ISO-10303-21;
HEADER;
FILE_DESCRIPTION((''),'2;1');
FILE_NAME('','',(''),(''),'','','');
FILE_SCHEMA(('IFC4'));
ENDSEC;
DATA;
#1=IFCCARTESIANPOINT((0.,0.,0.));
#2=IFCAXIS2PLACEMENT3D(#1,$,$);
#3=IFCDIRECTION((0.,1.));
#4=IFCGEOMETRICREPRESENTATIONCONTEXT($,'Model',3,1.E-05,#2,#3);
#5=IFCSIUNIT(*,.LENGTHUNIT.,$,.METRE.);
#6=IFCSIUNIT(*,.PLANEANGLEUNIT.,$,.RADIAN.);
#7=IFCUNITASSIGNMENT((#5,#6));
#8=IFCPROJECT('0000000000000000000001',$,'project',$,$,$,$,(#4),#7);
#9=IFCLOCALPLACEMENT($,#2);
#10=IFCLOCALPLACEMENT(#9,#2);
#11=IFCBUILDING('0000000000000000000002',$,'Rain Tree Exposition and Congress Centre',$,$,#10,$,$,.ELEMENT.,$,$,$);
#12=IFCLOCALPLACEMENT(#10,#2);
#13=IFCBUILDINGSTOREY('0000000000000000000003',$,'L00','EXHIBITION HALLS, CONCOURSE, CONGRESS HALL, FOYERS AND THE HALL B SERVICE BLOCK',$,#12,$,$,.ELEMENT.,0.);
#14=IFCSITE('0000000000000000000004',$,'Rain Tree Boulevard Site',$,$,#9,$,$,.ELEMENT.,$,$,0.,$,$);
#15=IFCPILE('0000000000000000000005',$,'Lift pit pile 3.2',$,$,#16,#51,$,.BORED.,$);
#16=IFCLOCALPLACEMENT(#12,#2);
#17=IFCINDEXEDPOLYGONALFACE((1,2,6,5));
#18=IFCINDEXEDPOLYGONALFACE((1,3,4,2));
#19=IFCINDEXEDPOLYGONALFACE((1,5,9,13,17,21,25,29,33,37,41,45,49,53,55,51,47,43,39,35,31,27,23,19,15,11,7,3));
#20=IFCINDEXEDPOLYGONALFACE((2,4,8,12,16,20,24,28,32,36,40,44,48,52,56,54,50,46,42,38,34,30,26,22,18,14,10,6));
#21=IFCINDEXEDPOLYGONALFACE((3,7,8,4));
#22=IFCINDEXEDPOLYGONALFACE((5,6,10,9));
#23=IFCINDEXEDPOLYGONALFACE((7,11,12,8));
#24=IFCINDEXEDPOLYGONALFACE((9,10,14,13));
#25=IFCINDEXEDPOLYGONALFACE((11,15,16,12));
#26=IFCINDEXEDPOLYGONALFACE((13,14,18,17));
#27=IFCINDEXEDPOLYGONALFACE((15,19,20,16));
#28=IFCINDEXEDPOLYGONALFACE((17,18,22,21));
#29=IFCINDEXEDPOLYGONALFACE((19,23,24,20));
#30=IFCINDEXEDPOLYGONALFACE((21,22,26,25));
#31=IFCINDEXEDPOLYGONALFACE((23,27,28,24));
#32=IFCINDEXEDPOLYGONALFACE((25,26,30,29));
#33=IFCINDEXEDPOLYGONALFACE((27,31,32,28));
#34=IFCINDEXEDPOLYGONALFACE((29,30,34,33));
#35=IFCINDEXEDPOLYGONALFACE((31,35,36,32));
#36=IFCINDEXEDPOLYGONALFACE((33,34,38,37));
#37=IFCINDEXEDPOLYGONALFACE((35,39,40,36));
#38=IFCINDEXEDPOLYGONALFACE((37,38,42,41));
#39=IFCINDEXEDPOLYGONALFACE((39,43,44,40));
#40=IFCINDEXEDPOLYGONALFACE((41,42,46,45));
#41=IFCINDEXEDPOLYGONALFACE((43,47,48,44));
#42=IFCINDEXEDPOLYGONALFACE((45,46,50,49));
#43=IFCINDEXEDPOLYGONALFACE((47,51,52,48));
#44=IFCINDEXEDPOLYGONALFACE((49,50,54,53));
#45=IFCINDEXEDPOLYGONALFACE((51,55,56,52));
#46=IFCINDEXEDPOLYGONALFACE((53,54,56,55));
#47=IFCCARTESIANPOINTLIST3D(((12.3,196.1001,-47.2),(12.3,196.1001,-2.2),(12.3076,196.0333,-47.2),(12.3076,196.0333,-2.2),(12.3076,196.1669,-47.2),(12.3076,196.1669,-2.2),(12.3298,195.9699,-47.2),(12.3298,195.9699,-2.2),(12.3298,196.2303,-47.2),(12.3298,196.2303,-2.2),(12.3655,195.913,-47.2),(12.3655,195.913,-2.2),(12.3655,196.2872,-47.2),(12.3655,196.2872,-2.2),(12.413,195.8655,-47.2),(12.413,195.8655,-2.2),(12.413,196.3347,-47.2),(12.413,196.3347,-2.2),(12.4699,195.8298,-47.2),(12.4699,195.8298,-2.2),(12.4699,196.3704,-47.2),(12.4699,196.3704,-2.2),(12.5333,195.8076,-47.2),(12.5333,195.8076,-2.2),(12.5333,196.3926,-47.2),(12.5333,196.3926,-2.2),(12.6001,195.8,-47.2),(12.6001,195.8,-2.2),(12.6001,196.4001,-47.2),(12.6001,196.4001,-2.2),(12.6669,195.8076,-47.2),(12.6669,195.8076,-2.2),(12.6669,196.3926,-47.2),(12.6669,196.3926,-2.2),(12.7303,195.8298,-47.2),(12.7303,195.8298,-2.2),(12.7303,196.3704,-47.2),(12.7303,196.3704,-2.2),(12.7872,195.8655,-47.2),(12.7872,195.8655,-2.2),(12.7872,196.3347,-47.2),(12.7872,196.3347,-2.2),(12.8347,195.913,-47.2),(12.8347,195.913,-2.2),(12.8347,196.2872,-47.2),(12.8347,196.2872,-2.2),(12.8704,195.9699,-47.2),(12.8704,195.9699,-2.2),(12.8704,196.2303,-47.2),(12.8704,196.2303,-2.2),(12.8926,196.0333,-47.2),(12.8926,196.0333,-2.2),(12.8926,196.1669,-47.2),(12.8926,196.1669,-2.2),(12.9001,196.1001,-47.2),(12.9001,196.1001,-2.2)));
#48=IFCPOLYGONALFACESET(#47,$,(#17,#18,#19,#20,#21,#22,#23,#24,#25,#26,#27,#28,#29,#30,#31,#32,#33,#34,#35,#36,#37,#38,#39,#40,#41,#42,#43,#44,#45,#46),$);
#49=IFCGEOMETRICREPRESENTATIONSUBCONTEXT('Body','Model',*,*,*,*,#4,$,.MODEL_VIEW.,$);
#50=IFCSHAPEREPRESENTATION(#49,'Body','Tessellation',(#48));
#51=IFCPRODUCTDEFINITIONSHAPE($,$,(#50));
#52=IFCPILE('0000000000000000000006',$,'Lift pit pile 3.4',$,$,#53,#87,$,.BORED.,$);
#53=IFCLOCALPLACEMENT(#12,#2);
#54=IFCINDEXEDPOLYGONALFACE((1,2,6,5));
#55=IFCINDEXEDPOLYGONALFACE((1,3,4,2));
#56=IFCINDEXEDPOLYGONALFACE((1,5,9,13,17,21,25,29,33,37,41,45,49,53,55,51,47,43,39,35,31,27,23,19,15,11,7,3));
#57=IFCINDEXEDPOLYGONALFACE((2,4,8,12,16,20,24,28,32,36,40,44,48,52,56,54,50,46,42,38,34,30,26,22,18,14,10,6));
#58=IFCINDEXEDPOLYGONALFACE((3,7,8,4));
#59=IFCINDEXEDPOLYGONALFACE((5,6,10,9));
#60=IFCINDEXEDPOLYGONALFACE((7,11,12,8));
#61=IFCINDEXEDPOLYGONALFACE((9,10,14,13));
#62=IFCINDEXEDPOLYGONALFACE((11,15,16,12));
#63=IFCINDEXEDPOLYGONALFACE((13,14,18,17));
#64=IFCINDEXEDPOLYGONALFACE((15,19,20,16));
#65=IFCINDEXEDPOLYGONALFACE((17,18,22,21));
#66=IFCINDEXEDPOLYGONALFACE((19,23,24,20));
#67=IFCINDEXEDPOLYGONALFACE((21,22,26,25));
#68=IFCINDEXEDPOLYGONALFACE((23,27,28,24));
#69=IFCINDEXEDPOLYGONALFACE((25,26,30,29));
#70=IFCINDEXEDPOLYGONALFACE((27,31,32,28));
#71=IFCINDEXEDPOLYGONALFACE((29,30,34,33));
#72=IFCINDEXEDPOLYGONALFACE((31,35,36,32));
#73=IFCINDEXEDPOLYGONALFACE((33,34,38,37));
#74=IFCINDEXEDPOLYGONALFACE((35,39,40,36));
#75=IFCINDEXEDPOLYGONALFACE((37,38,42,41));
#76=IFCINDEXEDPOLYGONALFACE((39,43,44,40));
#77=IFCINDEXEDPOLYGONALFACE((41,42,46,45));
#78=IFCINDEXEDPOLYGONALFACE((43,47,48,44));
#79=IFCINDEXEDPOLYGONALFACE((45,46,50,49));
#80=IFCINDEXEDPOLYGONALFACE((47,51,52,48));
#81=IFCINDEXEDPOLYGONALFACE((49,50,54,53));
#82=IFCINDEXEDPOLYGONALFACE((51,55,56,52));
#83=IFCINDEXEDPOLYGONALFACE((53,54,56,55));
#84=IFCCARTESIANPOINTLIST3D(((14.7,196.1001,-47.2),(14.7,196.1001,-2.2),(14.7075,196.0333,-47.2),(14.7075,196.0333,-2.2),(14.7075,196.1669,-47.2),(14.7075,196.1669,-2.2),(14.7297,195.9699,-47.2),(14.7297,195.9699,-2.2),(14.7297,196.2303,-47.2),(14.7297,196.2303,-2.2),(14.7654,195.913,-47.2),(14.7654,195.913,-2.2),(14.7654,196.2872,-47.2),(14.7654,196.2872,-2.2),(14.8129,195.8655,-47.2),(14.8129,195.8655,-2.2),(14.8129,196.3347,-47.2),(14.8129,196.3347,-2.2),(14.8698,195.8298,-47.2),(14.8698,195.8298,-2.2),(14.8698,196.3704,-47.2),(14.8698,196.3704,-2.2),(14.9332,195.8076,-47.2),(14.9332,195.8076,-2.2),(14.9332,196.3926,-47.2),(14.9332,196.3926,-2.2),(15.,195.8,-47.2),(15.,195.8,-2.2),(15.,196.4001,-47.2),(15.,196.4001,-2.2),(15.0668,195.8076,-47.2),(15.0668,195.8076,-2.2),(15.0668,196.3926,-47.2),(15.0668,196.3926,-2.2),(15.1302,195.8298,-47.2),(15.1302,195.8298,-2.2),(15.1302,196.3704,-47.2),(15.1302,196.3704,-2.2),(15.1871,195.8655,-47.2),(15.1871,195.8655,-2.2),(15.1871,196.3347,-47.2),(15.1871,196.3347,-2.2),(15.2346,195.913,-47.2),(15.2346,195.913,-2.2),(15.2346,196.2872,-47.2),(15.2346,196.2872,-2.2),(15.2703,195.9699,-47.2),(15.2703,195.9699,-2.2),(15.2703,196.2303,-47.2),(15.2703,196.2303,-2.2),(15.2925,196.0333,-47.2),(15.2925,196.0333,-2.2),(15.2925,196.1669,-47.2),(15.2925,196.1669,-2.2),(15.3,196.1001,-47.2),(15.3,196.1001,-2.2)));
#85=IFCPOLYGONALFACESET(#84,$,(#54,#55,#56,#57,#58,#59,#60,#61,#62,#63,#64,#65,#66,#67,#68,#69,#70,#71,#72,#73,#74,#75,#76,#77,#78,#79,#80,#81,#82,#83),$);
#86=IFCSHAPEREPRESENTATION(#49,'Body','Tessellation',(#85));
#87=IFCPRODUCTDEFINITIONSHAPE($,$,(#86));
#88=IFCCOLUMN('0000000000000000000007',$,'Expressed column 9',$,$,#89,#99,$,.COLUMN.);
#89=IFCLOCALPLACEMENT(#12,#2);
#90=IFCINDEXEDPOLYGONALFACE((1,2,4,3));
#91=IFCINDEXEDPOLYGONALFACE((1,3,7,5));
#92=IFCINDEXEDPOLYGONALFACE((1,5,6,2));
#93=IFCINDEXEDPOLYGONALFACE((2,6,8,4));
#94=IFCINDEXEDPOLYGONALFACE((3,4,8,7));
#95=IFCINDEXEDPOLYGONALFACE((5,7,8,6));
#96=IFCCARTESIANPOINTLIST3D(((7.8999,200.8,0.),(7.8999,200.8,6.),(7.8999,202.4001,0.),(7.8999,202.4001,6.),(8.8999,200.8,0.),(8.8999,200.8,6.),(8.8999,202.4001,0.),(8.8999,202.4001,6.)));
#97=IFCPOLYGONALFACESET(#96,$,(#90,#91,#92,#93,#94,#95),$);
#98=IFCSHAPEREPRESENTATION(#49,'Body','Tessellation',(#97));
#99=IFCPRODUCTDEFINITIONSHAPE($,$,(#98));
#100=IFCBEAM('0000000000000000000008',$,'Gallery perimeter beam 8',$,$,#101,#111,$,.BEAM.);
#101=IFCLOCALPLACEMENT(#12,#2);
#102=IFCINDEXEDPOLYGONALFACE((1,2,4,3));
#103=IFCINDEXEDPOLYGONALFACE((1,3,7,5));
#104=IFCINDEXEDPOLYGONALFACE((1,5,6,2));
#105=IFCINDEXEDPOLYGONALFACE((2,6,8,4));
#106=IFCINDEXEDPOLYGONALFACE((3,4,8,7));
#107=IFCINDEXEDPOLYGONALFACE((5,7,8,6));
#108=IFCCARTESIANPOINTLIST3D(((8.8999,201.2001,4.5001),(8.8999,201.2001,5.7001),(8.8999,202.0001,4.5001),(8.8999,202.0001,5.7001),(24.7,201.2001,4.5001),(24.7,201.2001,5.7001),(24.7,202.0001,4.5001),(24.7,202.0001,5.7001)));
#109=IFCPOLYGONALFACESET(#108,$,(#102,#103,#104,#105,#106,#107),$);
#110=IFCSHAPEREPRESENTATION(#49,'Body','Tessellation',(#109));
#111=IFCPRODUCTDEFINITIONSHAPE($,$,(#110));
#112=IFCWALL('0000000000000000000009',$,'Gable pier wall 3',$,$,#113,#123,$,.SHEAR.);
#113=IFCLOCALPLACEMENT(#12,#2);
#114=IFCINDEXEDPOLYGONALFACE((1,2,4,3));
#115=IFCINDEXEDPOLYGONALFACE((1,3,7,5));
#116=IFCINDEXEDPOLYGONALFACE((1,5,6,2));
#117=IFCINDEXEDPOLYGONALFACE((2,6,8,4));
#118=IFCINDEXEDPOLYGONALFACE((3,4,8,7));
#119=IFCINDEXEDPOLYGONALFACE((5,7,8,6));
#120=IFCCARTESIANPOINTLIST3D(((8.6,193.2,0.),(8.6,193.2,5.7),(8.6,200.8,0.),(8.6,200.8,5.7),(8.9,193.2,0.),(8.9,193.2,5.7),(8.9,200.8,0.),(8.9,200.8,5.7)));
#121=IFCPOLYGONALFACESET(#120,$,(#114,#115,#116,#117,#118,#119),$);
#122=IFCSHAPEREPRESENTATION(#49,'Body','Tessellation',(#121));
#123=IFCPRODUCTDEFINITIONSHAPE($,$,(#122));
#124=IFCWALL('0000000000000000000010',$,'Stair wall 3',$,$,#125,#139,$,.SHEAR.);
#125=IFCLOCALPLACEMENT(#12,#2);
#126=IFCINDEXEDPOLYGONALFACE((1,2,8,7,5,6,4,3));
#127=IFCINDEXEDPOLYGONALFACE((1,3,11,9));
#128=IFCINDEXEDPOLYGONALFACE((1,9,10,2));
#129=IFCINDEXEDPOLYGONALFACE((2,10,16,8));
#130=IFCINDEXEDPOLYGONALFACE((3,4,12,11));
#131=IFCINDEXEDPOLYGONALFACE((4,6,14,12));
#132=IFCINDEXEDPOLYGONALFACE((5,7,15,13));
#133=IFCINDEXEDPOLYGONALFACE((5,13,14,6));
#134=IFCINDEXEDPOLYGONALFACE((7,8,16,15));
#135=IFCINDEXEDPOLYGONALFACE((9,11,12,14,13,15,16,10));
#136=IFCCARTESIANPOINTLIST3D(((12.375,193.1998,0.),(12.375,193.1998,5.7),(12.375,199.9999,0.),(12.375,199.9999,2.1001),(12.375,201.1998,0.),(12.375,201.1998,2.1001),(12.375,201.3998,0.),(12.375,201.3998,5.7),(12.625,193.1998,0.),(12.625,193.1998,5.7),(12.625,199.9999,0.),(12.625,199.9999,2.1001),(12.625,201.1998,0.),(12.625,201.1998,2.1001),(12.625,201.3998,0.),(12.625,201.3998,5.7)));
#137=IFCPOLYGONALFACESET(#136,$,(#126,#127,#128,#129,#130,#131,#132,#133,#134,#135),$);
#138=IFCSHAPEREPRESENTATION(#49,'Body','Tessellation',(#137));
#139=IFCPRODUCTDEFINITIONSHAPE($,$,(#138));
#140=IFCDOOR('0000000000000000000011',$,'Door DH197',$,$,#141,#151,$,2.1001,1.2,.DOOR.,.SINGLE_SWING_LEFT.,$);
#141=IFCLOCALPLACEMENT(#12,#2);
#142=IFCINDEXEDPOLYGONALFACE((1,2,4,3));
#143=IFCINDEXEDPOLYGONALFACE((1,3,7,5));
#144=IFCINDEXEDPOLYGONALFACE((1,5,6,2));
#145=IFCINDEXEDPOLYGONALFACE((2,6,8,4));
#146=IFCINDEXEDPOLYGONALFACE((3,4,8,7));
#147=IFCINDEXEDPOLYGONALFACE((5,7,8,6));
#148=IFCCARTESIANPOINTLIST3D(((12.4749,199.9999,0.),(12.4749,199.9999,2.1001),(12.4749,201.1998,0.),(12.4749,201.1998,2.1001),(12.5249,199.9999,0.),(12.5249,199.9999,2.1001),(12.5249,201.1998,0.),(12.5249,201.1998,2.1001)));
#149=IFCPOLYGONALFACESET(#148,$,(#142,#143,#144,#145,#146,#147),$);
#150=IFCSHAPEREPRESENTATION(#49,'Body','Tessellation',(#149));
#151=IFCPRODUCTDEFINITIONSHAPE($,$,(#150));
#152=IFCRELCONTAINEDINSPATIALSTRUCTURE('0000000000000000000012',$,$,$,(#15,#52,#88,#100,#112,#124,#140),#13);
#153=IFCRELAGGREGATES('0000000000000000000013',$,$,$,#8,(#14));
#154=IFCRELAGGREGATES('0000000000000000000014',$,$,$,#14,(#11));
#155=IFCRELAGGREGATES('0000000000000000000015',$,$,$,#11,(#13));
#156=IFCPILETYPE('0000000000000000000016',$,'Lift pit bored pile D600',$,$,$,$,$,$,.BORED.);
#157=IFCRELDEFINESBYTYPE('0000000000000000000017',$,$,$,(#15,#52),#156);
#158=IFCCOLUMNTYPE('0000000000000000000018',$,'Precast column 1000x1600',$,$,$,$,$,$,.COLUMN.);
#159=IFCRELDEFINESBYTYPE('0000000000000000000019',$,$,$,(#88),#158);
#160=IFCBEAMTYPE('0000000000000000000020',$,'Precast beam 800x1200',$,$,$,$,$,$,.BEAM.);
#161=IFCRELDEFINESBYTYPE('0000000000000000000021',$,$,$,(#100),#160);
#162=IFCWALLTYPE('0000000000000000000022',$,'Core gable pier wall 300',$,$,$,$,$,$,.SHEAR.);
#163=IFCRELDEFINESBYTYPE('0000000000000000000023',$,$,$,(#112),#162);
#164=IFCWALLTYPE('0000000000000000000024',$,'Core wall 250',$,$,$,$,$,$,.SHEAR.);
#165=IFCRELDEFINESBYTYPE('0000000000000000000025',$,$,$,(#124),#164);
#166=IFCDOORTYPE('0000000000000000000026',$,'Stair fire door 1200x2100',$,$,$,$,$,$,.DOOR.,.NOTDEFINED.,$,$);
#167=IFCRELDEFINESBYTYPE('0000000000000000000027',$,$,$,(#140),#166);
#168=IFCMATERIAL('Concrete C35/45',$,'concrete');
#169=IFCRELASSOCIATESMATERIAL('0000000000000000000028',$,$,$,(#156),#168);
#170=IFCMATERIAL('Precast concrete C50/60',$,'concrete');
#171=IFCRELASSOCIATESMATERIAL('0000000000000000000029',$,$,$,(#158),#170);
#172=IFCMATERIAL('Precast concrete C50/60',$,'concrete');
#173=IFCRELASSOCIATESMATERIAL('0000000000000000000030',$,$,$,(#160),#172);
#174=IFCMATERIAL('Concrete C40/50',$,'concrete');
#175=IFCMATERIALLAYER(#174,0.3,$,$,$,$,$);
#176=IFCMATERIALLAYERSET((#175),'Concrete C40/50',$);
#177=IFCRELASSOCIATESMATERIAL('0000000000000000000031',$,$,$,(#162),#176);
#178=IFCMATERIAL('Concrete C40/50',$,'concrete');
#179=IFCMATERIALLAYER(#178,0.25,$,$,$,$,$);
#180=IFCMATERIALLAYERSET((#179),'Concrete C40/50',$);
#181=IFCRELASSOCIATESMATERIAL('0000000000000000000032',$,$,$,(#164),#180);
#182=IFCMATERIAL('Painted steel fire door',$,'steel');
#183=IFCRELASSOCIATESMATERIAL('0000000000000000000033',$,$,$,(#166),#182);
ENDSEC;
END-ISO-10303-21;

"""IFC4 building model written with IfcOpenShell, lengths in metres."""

from ifc_helpers import new_model, si_unit, direction, frame, frame_2d, origin, origin_2d, place, context, subcontext, project, spatial, rectangle, circle, extrude, material, layer, layer_set, material_profile, profile_set, type_object, element, fill, save


model = new_model("IFC4")

# Units and contexts
model_context = context("Model", 3, precision=1e-05, world=origin(), true_north=direction((0.0, 1.0)))
body_context = subcontext(model_context, "Body", "Model", "MODEL_VIEW")
ifc_project = project(units=[si_unit("LENGTHUNIT", "METRE"), si_unit("PLANEANGLEUNIT", "RADIAN")], contexts=[model_context])

# Site, building, storey
site_placement = place(None, origin())
site = spatial("IfcSite", under=ifc_project, at=site_placement, Name="Rain Tree Boulevard Site", CompositionType="ELEMENT", RefElevation=0.0)
building_placement = place(site_placement, origin())
building = spatial("IfcBuilding", under=site, at=building_placement, Name="Rain Tree Exposition and Congress Centre", CompositionType="ELEMENT")
storey_placement = place(building_placement, origin())
storey = spatial("IfcBuildingStorey", under=building, at=storey_placement, Name="L00", Description="EXHIBITION HALLS, CONCOURSE, CONGRESS HALL, FOYERS AND THE HALL B SERVICE BLOCK", CompositionType="ELEMENT", Elevation=0.0)

# Piles
ifc_material_1 = material(Name="Concrete C35/45", Category="concrete")
ifc_material_profile_1 = material_profile(ifc_material_1, circle(Radius=0.3, at=origin_2d()), Name="D600")
ifc_profile_set_1 = profile_set([ifc_material_profile_1], Name="Concrete C35/45")
pile_type = type_object("IfcPileType", Name="Lift pit bored pile D600", PredefinedType="BORED", material=ifc_profile_set_1)
for number, where, z_axis, x_axis, name in (
    (1, (12.6001, 196.1001, -2.2), (0.0, 0.0, -1.0), (1.0, 0.0, 0.0), "Lift pit pile 3.2"),
    (2, (15.0, 196.1001, -2.2), (0.0, 0.0, -1.0), (1.0, 0.0, 0.0), "Lift pit pile 3.4"),
):
    element("IfcPile", number, at=place(storey_placement, frame(where, z_axis=z_axis, x_axis=x_axis)), inside=storey, type_object=pile_type, Name=name, PredefinedType="BORED", context=body_context, shape_type="SweptSolid", body=[
        extrude(circle(Radius=0.3, at=origin_2d()), origin(), (0.0, 0.0, 1.0), 45.0),
    ])

# Column
ifc_material_2 = material(Name="Precast concrete C50/60", Category="concrete")
ifc_material_profile_2 = material_profile(ifc_material_2, rectangle(XDim=1.0, YDim=1.6001, at=origin_2d()), Name="RC 1000x1600")
ifc_profile_set_2 = profile_set([ifc_material_profile_2], Name="Precast concrete C50/60")
column_type = type_object("IfcColumnType", Name="Precast column 1000x1600", PredefinedType="COLUMN", material=ifc_profile_set_2)
column_placement = place(storey_placement, frame((8.3999, 201.6001, 0.0), z_axis=(0.0, 0.0, 1.0), x_axis=(1.0, 0.0, 0.0)))
element("IfcColumn", 3, at=column_placement, inside=storey, type_object=column_type, Name="Expressed column 9", PredefinedType="COLUMN", context=body_context, shape_type="SweptSolid", body=[
    extrude(rectangle(XDim=1.0, YDim=1.6001, at=origin_2d()), origin(), (0.0, 0.0, 1.0), 6.0),
])

# Beam
ifc_material_3 = material(Name="Precast concrete C50/60", Category="concrete")
ifc_material_profile_3 = material_profile(ifc_material_3, rectangle(XDim=0.8, YDim=1.2, at=origin_2d()), Name="RC 800x1200")
ifc_profile_set_3 = profile_set([ifc_material_profile_3], Name="Precast concrete C50/60")
beam_type = type_object("IfcBeamType", Name="Precast beam 800x1200", PredefinedType="BEAM", material=ifc_profile_set_3)
beam_placement = place(storey_placement, frame((8.8999, 201.6001, 5.1001), z_axis=(1.0, 0.0, 0.0), x_axis=(0.0, 1.0, 0.0)))
element("IfcBeam", 4, at=beam_placement, inside=storey, type_object=beam_type, Name="Gallery perimeter beam 8", PredefinedType="BEAM", context=body_context, shape_type="SweptSolid", body=[
    extrude(rectangle(XDim=0.8, YDim=1.2, at=origin_2d()), origin(), (0.0, 0.0, 1.0), 15.8),
])

# Wall
ifc_material_4 = material(Name="Concrete C40/50", Category="concrete")
ifc_layer_1 = layer(ifc_material_4, 0.3)
ifc_layer_set_1 = layer_set([ifc_layer_1], Name="Concrete C40/50")
wall_type_1 = type_object("IfcWallType", Name="Core gable pier wall 300", PredefinedType="SHEAR", material=ifc_layer_set_1)
wall_1_placement = place(storey_placement, frame((8.75, 200.8, 0.0), z_axis=(0.0, 0.0, 1.0), x_axis=(0.0, -1.0, 0.0)))
element("IfcWall", 5, at=wall_1_placement, inside=storey, type_object=wall_type_1, Name="Gable pier wall 3", PredefinedType="SHEAR", context=body_context, shape_type="SweptSolid", body=[
    extrude(rectangle(XDim=7.6001, YDim=0.3, at=frame_2d((3.8, 0.0))), origin(), (0.0, 0.0, 1.0), 5.7),
])

# Wall, opening, door
ifc_material_5 = material(Name="Concrete C40/50", Category="concrete")
ifc_layer_2 = layer(ifc_material_5, 0.25)
ifc_layer_set_2 = layer_set([ifc_layer_2], Name="Concrete C40/50")
wall_type_2 = type_object("IfcWallType", Name="Core wall 250", PredefinedType="SHEAR", material=ifc_layer_set_2)
wall_2_placement = place(storey_placement, frame((12.5, 201.3999, 0.0), z_axis=(0.0, 0.0, 1.0), x_axis=(0.0, -1.0, 0.0)))
wall_2 = element("IfcWall", 6, at=wall_2_placement, inside=storey, type_object=wall_type_2, Name="Stair wall 3", PredefinedType="SHEAR", context=body_context, shape_type="SweptSolid", body=[
    extrude(rectangle(XDim=8.2, YDim=0.25, at=frame_2d((4.1001, 0.0))), origin(), (0.0, 0.0, 1.0), 5.7),
])
opening_1_placement = place(wall_2_placement, frame((0.2, 0.0, 0.0)))
opening_1 = element("IfcOpeningElement", 7, at=opening_1_placement, cuts=wall_2, PredefinedType="OPENING", context=body_context, shape_type="SweptSolid", body=[
    extrude(rectangle(XDim=1.2, YDim=2.1001, at=frame_2d((0.6001, 1.05))), frame((0.0, 0.125, 0.0), z_axis=(0.0, -1.0, 0.0), x_axis=(1.0, 0.0, 0.0)), (0.0, 0.0, 1.0), 0.25),
])
ifc_material_6 = material(Name="Painted steel fire door", Category="steel")
door_type_1 = type_object("IfcDoorType", Name="Stair fire door 1200x2100", OperationType="NOTDEFINED", PredefinedType="DOOR", material=ifc_material_6)
door_1_placement = place(opening_1_placement, origin())
door_1 = element("IfcDoor", 8, at=door_1_placement, inside=storey, type_object=door_type_1, Name="Door DH197", OperationType="SINGLE_SWING_LEFT", OverallHeight=2.1001, OverallWidth=1.2, PredefinedType="DOOR", context=body_context, shape_type="SweptSolid", body=[
    extrude(rectangle(XDim=1.2, YDim=2.1001, at=frame_2d((0.6001, 1.05))), frame((0.0, 0.0249, 0.0), z_axis=(0.0, -1.0, 0.0), x_axis=(1.0, 0.0, 0.0)), (0.0, 0.0, 1.0), 0.05),
])
fill(opening_1, door_1)

save(model, "model.ifc")
